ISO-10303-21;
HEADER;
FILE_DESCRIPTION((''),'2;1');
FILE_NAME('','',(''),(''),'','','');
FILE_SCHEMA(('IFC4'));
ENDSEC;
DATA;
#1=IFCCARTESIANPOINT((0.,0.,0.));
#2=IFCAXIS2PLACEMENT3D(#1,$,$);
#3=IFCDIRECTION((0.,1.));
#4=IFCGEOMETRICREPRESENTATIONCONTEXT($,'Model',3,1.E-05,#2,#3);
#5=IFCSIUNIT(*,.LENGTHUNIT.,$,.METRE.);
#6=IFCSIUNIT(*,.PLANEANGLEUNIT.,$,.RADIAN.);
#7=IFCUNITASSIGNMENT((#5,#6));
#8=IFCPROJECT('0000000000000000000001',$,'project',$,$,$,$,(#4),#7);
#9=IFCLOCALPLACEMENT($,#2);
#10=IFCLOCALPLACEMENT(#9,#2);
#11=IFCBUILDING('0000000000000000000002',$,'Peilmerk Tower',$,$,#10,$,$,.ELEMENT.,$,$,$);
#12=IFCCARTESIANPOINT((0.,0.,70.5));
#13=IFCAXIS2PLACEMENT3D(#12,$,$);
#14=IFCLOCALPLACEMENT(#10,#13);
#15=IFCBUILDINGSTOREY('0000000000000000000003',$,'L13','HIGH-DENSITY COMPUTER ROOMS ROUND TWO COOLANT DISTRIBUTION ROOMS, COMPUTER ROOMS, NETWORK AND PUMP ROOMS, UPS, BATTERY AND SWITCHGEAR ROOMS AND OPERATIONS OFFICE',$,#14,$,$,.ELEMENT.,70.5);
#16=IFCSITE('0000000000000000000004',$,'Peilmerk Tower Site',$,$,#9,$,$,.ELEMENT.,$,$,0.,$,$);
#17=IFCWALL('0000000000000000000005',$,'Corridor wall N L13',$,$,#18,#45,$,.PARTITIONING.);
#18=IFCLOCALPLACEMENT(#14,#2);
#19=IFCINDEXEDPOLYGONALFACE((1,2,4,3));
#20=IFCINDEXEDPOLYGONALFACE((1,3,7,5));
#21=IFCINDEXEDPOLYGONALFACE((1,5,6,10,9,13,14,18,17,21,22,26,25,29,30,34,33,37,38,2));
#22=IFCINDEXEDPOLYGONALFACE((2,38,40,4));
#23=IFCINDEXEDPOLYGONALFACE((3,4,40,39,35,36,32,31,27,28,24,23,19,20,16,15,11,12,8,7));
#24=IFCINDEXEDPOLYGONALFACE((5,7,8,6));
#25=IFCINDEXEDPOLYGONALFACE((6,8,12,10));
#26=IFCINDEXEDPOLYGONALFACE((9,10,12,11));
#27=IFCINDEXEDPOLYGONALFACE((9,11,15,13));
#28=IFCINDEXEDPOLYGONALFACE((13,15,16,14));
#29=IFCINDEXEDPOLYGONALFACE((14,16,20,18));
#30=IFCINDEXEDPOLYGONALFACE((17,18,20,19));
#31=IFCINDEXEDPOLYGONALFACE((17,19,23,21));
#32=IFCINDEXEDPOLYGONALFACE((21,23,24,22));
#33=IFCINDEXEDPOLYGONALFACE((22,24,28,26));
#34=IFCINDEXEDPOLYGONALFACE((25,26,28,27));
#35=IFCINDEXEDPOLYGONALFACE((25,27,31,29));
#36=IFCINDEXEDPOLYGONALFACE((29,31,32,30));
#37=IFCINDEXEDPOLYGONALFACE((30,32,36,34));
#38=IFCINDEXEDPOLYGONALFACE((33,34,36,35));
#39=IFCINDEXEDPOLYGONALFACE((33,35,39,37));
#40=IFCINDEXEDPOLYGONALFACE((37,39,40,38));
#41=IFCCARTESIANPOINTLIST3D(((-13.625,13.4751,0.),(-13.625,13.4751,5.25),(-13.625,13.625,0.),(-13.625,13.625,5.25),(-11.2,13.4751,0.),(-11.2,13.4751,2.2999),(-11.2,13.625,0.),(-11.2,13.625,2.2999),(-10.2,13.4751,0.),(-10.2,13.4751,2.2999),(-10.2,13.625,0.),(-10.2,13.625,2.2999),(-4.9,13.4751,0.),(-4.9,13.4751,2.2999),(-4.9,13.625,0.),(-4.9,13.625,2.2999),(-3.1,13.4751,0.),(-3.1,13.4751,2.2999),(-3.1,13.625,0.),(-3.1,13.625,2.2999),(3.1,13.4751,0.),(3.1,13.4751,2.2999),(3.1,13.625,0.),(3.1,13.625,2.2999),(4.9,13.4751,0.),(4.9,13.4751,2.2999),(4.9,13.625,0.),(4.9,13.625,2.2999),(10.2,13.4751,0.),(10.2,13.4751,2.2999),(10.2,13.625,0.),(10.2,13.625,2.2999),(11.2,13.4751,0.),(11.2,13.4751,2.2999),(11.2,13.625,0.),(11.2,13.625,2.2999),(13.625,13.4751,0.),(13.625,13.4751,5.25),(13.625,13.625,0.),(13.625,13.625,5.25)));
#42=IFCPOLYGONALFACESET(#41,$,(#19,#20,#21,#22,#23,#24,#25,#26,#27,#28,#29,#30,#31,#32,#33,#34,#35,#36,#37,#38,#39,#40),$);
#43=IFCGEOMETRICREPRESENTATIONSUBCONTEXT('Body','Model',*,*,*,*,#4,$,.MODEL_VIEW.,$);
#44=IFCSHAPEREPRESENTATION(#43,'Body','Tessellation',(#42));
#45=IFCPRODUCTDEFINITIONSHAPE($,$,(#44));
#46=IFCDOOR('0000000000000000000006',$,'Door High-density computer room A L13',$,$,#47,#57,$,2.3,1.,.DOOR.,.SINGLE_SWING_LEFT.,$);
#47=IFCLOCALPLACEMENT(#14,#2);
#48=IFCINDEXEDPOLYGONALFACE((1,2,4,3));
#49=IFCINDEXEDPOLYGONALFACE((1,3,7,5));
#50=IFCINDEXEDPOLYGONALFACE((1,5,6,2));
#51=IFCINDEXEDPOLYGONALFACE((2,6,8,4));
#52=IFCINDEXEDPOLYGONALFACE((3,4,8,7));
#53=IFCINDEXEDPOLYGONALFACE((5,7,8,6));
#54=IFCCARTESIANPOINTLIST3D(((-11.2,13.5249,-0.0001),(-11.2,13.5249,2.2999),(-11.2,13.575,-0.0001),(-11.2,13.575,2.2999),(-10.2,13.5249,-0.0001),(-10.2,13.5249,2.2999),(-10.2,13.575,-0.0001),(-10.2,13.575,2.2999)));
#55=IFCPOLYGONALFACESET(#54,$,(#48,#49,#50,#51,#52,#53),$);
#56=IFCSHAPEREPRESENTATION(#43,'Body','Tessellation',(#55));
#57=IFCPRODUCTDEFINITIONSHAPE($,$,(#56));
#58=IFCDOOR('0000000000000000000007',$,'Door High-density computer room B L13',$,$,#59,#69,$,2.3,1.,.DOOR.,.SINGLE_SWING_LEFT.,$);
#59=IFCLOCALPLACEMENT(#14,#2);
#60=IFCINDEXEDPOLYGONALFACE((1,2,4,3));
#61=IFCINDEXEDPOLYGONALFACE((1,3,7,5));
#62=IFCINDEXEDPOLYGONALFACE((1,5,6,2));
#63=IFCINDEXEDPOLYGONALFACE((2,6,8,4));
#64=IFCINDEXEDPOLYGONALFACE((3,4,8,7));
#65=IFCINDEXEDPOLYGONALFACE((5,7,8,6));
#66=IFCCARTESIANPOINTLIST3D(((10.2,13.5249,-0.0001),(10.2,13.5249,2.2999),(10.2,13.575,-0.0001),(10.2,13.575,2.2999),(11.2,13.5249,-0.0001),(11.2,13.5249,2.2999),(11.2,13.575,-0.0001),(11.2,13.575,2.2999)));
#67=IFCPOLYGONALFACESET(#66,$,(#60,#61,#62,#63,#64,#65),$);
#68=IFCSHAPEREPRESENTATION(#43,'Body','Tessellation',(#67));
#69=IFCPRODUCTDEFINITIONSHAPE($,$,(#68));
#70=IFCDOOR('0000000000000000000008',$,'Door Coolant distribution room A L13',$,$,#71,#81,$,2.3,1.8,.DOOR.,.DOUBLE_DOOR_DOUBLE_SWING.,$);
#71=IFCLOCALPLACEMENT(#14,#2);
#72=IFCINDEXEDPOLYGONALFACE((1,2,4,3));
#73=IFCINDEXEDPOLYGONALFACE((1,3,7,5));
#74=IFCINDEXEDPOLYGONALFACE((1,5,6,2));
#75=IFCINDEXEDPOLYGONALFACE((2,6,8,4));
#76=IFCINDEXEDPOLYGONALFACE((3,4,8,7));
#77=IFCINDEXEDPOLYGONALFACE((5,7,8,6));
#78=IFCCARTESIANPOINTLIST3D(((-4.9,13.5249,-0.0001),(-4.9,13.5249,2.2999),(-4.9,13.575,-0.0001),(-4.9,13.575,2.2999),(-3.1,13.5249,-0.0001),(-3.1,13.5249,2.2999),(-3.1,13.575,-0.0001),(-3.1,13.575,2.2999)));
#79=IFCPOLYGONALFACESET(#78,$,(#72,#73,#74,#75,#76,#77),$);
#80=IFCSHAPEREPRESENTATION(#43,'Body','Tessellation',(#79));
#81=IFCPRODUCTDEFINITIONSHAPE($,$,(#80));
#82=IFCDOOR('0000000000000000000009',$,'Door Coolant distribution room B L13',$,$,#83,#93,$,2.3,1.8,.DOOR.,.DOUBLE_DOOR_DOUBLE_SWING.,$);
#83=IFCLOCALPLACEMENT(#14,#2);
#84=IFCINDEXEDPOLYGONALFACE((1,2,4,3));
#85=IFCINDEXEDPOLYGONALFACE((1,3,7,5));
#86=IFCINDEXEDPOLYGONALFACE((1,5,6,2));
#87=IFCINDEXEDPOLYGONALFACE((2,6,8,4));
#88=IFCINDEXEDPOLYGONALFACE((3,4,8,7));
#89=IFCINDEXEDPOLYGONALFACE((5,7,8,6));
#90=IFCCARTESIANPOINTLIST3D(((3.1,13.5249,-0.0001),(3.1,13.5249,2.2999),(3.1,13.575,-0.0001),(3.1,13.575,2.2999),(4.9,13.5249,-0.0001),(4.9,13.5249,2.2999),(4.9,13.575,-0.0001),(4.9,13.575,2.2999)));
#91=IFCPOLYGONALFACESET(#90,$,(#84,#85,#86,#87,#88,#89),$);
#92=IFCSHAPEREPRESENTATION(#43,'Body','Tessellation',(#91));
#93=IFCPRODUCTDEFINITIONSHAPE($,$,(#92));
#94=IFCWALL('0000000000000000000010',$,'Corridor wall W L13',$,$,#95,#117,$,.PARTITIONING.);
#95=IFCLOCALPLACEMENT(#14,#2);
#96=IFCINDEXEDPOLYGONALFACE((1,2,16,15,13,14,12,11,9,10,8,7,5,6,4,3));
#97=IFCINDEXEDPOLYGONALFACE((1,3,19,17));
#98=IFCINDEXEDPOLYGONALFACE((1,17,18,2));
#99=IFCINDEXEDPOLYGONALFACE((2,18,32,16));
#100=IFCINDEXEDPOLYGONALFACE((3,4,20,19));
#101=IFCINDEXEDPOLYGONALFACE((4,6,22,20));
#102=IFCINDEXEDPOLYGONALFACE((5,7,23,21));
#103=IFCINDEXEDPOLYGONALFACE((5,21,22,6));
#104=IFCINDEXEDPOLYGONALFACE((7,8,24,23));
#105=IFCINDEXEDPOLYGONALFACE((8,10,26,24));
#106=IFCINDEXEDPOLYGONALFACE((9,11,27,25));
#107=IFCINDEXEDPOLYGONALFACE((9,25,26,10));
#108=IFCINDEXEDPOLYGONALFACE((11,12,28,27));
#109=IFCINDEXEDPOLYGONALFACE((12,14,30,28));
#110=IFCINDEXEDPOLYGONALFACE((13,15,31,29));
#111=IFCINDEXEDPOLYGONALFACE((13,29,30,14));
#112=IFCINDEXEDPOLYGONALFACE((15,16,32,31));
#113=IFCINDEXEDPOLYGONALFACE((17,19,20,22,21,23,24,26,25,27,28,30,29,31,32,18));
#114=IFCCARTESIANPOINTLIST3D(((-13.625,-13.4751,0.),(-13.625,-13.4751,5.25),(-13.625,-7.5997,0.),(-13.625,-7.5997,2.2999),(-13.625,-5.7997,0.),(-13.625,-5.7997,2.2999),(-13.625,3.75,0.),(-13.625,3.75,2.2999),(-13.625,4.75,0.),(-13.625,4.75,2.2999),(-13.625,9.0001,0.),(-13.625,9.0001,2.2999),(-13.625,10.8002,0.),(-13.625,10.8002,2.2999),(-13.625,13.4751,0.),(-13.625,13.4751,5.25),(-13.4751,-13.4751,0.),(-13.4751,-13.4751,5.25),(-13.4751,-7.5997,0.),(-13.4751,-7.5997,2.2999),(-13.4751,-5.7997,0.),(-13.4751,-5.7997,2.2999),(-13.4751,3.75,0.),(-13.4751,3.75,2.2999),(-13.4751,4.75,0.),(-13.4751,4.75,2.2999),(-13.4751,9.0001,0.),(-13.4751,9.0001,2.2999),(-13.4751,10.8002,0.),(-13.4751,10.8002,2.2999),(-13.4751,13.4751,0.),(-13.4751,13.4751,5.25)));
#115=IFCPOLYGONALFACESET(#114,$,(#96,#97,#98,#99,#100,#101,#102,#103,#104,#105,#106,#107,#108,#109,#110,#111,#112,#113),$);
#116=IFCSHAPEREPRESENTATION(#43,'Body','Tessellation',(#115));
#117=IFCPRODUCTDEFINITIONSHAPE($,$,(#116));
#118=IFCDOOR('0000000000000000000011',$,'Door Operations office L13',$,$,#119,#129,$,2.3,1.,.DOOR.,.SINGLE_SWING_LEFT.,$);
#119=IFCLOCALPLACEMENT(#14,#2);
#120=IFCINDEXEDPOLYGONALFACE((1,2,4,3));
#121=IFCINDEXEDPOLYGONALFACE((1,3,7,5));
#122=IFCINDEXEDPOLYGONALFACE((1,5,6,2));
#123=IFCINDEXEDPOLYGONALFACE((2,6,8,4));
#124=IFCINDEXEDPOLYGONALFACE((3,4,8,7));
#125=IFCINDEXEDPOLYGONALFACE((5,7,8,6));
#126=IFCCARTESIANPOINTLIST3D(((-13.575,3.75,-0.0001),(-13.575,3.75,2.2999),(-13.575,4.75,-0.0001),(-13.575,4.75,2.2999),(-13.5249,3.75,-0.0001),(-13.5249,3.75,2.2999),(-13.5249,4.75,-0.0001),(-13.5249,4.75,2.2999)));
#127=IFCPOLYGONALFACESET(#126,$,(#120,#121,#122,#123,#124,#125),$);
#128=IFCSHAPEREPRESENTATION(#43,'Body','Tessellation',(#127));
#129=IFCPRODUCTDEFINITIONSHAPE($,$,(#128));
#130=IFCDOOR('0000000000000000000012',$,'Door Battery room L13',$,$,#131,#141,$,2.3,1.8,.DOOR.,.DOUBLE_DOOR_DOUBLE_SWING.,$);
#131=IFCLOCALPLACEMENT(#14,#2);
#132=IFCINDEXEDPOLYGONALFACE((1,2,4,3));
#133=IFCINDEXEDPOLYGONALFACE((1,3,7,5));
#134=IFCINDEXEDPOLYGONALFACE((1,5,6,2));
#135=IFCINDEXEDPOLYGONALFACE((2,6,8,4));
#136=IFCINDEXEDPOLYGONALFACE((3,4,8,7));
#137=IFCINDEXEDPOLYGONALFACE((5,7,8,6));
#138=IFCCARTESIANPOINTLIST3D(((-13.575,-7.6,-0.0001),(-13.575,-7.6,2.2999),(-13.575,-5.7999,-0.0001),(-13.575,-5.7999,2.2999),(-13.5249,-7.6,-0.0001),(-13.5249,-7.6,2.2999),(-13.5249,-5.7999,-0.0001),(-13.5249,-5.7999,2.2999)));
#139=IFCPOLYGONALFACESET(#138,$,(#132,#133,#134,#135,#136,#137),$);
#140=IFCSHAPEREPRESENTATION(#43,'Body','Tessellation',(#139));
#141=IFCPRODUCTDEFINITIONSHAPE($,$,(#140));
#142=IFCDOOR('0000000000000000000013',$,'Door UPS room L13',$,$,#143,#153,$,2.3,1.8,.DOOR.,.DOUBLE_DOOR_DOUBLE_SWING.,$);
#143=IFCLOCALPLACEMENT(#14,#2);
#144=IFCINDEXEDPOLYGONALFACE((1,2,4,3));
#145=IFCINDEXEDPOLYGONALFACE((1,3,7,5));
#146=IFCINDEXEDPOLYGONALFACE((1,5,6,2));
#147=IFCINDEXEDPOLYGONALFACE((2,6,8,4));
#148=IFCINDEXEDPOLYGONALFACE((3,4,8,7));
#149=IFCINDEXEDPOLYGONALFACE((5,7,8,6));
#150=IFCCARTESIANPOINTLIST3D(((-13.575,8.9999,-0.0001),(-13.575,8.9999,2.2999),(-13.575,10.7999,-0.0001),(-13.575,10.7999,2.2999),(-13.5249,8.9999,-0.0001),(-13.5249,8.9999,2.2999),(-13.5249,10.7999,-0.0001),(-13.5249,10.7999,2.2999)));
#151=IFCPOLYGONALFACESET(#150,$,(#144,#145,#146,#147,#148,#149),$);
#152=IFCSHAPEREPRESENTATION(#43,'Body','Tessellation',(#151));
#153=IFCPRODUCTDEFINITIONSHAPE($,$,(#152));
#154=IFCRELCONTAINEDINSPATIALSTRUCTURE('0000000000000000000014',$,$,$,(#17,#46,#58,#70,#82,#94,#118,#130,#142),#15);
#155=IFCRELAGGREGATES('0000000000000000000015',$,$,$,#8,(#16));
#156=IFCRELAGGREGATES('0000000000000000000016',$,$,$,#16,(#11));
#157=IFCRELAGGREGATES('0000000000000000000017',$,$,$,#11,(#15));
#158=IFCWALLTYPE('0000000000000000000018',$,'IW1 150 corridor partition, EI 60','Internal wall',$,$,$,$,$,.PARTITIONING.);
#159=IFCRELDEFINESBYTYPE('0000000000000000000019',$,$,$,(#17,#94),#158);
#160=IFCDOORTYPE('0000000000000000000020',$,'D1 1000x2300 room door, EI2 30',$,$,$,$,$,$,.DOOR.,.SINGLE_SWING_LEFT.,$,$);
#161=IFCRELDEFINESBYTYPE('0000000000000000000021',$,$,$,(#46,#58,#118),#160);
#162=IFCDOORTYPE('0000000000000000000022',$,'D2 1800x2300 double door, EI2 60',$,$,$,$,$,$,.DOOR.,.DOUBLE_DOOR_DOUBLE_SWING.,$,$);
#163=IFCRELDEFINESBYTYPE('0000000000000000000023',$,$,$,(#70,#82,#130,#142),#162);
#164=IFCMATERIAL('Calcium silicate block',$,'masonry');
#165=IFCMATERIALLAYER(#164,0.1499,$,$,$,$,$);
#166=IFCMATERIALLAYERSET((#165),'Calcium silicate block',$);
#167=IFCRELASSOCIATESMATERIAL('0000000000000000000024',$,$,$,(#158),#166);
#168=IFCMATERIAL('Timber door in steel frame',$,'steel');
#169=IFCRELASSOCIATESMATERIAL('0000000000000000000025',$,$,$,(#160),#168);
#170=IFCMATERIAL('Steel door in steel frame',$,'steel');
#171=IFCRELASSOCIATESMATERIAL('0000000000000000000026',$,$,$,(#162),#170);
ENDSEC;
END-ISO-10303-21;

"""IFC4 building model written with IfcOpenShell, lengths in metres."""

from ifc_helpers import new_model, si_unit, direction, frame, frame_2d, origin, place, context, subcontext, project, spatial, rectangle, extrude, material, layer, layer_set, type_object, element, fill, save


model = new_model("IFC4")

# Units and contexts
model_context = context("Model", 3, precision=1e-05, world=origin(), true_north=direction((0.0, 1.0)))
body_context = subcontext(model_context, "Body", "Model", "MODEL_VIEW")
ifc_project = project(units=[si_unit("LENGTHUNIT", "METRE"), si_unit("PLANEANGLEUNIT", "RADIAN")], contexts=[model_context])

# Site, building, storey
site_placement = place(None, origin())
site = spatial("IfcSite", under=ifc_project, at=site_placement, Name="Peilmerk Tower Site", CompositionType="ELEMENT", RefElevation=0.0)
building_placement = place(site_placement, origin())
building = spatial("IfcBuilding", under=site, at=building_placement, Name="Peilmerk Tower", CompositionType="ELEMENT")
storey_placement = place(building_placement, frame((0.0, 0.0, 70.5)))
storey = spatial("IfcBuildingStorey", under=building, at=storey_placement, Name="L13", Description="HIGH-DENSITY COMPUTER ROOMS ROUND TWO COOLANT DISTRIBUTION ROOMS, COMPUTER ROOMS, NETWORK AND PUMP ROOMS, UPS, BATTERY AND SWITCHGEAR ROOMS AND OPERATIONS OFFICE", CompositionType="ELEMENT", Elevation=70.5)

# Walls, openings, doors
ifc_material_1 = material(Name="Calcium silicate block", Category="masonry")
ifc_layer_1 = layer(ifc_material_1, 0.1499)
ifc_layer_set_1 = layer_set([ifc_layer_1], Name="Calcium silicate block")
wall_type_1 = type_object("IfcWallType", Name="IW1 150 corridor partition, EI 60", Description="Internal wall", PredefinedType="PARTITIONING", material=ifc_layer_set_1)
wall_1_placement = place(storey_placement, frame((-13.625, 13.55, 0.0), z_axis=(0.0, 0.0, 1.0), x_axis=(1.0, 0.0, 0.0)))
wall_1 = element("IfcWall", 1, at=wall_1_placement, inside=storey, type_object=wall_type_1, Name="Corridor wall N L13", PredefinedType="PARTITIONING", context=body_context, shape_type="SweptSolid", body=[
    extrude(rectangle(XDim=27.25, YDim=0.1499, at=frame_2d((13.625, 0.0))), origin(), (0.0, 0.0, 1.0), 5.25),
])
opening_1_placement = place(wall_1_placement, frame((2.425, 0.0, 0.0)))
opening_1 = element("IfcOpeningElement", 2, at=opening_1_placement, cuts=wall_1, PredefinedType="OPENING", context=body_context, shape_type="SweptSolid", body=[
    extrude(rectangle(XDim=1.0, YDim=2.3, at=frame_2d((0.5, 1.1499))), frame((0.0, 0.085, 0.0), z_axis=(0.0, -1.0, 0.0), x_axis=(1.0, 0.0, 0.0)), (0.0, 0.0, 1.0), 0.1699),
])
opening_2_placement = place(wall_1_placement, frame((8.7251, 0.0, 0.0)))
opening_2 = element("IfcOpeningElement", 3, at=opening_2_placement, cuts=wall_1, PredefinedType="OPENING", context=body_context, shape_type="SweptSolid", body=[
    extrude(rectangle(XDim=1.8, YDim=2.3, at=frame_2d((0.8999, 1.1499))), frame((0.0, 0.085, 0.0), z_axis=(0.0, -1.0, 0.0), x_axis=(1.0, 0.0, 0.0)), (0.0, 0.0, 1.0), 0.1699),
])
opening_3_placement = place(wall_1_placement, frame((16.7251, 0.0, 0.0)))
opening_3 = element("IfcOpeningElement", 4, at=opening_3_placement, cuts=wall_1, PredefinedType="OPENING", context=body_context, shape_type="SweptSolid", body=[
    extrude(rectangle(XDim=1.8, YDim=2.3, at=frame_2d((0.8999, 1.1499))), frame((0.0, 0.085, 0.0), z_axis=(0.0, -1.0, 0.0), x_axis=(1.0, 0.0, 0.0)), (0.0, 0.0, 1.0), 0.1699),
])
opening_4_placement = place(wall_1_placement, frame((23.825, 0.0, 0.0)))
opening_4 = element("IfcOpeningElement", 5, at=opening_4_placement, cuts=wall_1, PredefinedType="OPENING", context=body_context, shape_type="SweptSolid", body=[
    extrude(rectangle(XDim=1.0, YDim=2.3, at=frame_2d((0.5, 1.1499))), frame((0.0, 0.085, 0.0), z_axis=(0.0, -1.0, 0.0), x_axis=(1.0, 0.0, 0.0)), (0.0, 0.0, 1.0), 0.1699),
])
ifc_material_2 = material(Name="Timber door in steel frame", Category="steel")
door_type_1 = type_object("IfcDoorType", Name="D1 1000x2300 room door, EI2 30", OperationType="SINGLE_SWING_LEFT", PredefinedType="DOOR", material=ifc_material_2)
door_1_placement = place(opening_1_placement, origin())
door_1 = element("IfcDoor", 6, at=door_1_placement, inside=storey, type_object=door_type_1, Name="Door High-density computer room A L13", OperationType="SINGLE_SWING_LEFT", OverallHeight=2.3, OverallWidth=1.0, PredefinedType="DOOR", context=body_context, shape_type="SweptSolid", body=[
    extrude(rectangle(XDim=1.0, YDim=2.3, at=frame_2d((0.5, 1.1499))), frame((0.0, 0.0249, 0.0), z_axis=(0.0, -1.0, 0.0), x_axis=(1.0, 0.0, 0.0)), (0.0, 0.0, 1.0), 0.05),
])
fill(opening_1, door_1)
door_2_placement = place(opening_4_placement, origin())
door_2 = element("IfcDoor", 7, at=door_2_placement, inside=storey, type_object=door_type_1, Name="Door High-density computer room B L13", OperationType="SINGLE_SWING_LEFT", OverallHeight=2.3, OverallWidth=1.0, PredefinedType="DOOR", context=body_context, shape_type="SweptSolid", body=[
    extrude(rectangle(XDim=1.0, YDim=2.3, at=frame_2d((0.5, 1.1499))), frame((0.0, 0.0249, 0.0), z_axis=(0.0, -1.0, 0.0), x_axis=(1.0, 0.0, 0.0)), (0.0, 0.0, 1.0), 0.05),
])
fill(opening_4, door_2)
ifc_material_3 = material(Name="Steel door in steel frame", Category="steel")
door_type_2 = type_object("IfcDoorType", Name="D2 1800x2300 double door, EI2 60", OperationType="DOUBLE_DOOR_DOUBLE_SWING", PredefinedType="DOOR", material=ifc_material_3)
door_3_placement = place(opening_2_placement, origin())
door_3 = element("IfcDoor", 8, at=door_3_placement, inside=storey, type_object=door_type_2, Name="Door Coolant distribution room A L13", OperationType="DOUBLE_DOOR_DOUBLE_SWING", OverallHeight=2.3, OverallWidth=1.8, PredefinedType="DOOR", context=body_context, shape_type="SweptSolid", body=[
    extrude(rectangle(XDim=1.8, YDim=2.3, at=frame_2d((0.8999, 1.1499))), frame((0.0, 0.0249, 0.0), z_axis=(0.0, -1.0, 0.0), x_axis=(1.0, 0.0, 0.0)), (0.0, 0.0, 1.0), 0.05),
])
fill(opening_2, door_3)
door_4_placement = place(opening_3_placement, origin())
door_4 = element("IfcDoor", 9, at=door_4_placement, inside=storey, type_object=door_type_2, Name="Door Coolant distribution room B L13", OperationType="DOUBLE_DOOR_DOUBLE_SWING", OverallHeight=2.3, OverallWidth=1.8, PredefinedType="DOOR", context=body_context, shape_type="SweptSolid", body=[
    extrude(rectangle(XDim=1.8, YDim=2.3, at=frame_2d((0.8999, 1.1499))), frame((0.0, 0.0249, 0.0), z_axis=(0.0, -1.0, 0.0), x_axis=(1.0, 0.0, 0.0)), (0.0, 0.0, 1.0), 0.05),
])
fill(opening_3, door_4)
wall_2_placement = place(storey_placement, frame((-13.55, 13.4751, 0.0), z_axis=(0.0, 0.0, 1.0), x_axis=(0.0, -1.0, 0.0)))
wall_2 = element("IfcWall", 10, at=wall_2_placement, inside=storey, type_object=wall_type_1, Name="Corridor wall W L13", PredefinedType="PARTITIONING", context=body_context, shape_type="SweptSolid", body=[
    extrude(rectangle(XDim=26.9502, YDim=0.1499, at=frame_2d((13.4751, 0.0))), origin(), (0.0, 0.0, 1.0), 5.25),
])
opening_5_placement = place(wall_2_placement, frame((19.2749, 0.0, 0.0)))
opening_5 = element("IfcOpeningElement", 11, at=opening_5_placement, cuts=wall_2, PredefinedType="OPENING", context=body_context, shape_type="SweptSolid", body=[
    extrude(rectangle(XDim=1.8, YDim=2.3, at=frame_2d((0.8999, 1.1499))), frame((0.0, 0.085, 0.0), z_axis=(0.0, -1.0, 0.0), x_axis=(1.0, 0.0, 0.0)), (0.0, 0.0, 1.0), 0.1699),
])
opening_6_placement = place(wall_2_placement, frame((2.675, 0.0, 0.0)))
opening_6 = element("IfcOpeningElement", 12, at=opening_6_placement, cuts=wall_2, PredefinedType="OPENING", context=body_context, shape_type="SweptSolid", body=[
    extrude(rectangle(XDim=1.8, YDim=2.3, at=frame_2d((0.8999, 1.1499))), frame((0.0, 0.085, 0.0), z_axis=(0.0, -1.0, 0.0), x_axis=(1.0, 0.0, 0.0)), (0.0, 0.0, 1.0), 0.1699),
])
opening_7_placement = place(wall_2_placement, frame((8.7251, 0.0, 0.0)))
opening_7 = element("IfcOpeningElement", 13, at=opening_7_placement, cuts=wall_2, PredefinedType="OPENING", context=body_context, shape_type="SweptSolid", body=[
    extrude(rectangle(XDim=1.0, YDim=2.3, at=frame_2d((0.5, 1.1499))), frame((0.0, 0.085, 0.0), z_axis=(0.0, -1.0, 0.0), x_axis=(1.0, 0.0, 0.0)), (0.0, 0.0, 1.0), 0.1699),
])
door_5_placement = place(opening_7_placement, frame((1.0, 0.0, 0.0), z_axis=(0.0, 0.0, 1.0), x_axis=(-1.0, 0.0, 0.0)))
door_5 = element("IfcDoor", 14, at=door_5_placement, inside=storey, type_object=door_type_1, Name="Door Operations office L13", OperationType="SINGLE_SWING_LEFT", OverallHeight=2.3, OverallWidth=1.0, PredefinedType="DOOR", context=body_context, shape_type="SweptSolid", body=[
    extrude(rectangle(XDim=1.0, YDim=2.3, at=frame_2d((0.5, 1.1499))), frame((0.0, 0.0249, 0.0), z_axis=(0.0, -1.0, 0.0), x_axis=(1.0, 0.0, 0.0)), (0.0, 0.0, 1.0), 0.05),
])
fill(opening_7, door_5)
door_6_placement = place(opening_5_placement, frame((1.8, 0.0, 0.0), z_axis=(0.0, 0.0, 1.0), x_axis=(-1.0, 0.0, 0.0)))
door_6 = element("IfcDoor", 15, at=door_6_placement, inside=storey, type_object=door_type_2, Name="Door Battery room L13", OperationType="DOUBLE_DOOR_DOUBLE_SWING", OverallHeight=2.3, OverallWidth=1.8, PredefinedType="DOOR", context=body_context, shape_type="SweptSolid", body=[
    extrude(rectangle(XDim=1.8, YDim=2.3, at=frame_2d((0.8999, 1.1499))), frame((0.0, 0.0249, 0.0), z_axis=(0.0, -1.0, 0.0), x_axis=(1.0, 0.0, 0.0)), (0.0, 0.0, 1.0), 0.05),
])
fill(opening_5, door_6)
door_7_placement = place(opening_6_placement, frame((1.8, 0.0, 0.0), z_axis=(0.0, 0.0, 1.0), x_axis=(-1.0, 0.0, 0.0)))
door_7 = element("IfcDoor", 16, at=door_7_placement, inside=storey, type_object=door_type_2, Name="Door UPS room L13", OperationType="DOUBLE_DOOR_DOUBLE_SWING", OverallHeight=2.3, OverallWidth=1.8, PredefinedType="DOOR", context=body_context, shape_type="SweptSolid", body=[
    extrude(rectangle(XDim=1.8, YDim=2.3, at=frame_2d((0.8999, 1.1499))), frame((0.0, 0.0249, 0.0), z_axis=(0.0, -1.0, 0.0), x_axis=(1.0, 0.0, 0.0)), (0.0, 0.0, 1.0), 0.05),
])
fill(opening_6, door_7)

save(model, "model.ifc")
